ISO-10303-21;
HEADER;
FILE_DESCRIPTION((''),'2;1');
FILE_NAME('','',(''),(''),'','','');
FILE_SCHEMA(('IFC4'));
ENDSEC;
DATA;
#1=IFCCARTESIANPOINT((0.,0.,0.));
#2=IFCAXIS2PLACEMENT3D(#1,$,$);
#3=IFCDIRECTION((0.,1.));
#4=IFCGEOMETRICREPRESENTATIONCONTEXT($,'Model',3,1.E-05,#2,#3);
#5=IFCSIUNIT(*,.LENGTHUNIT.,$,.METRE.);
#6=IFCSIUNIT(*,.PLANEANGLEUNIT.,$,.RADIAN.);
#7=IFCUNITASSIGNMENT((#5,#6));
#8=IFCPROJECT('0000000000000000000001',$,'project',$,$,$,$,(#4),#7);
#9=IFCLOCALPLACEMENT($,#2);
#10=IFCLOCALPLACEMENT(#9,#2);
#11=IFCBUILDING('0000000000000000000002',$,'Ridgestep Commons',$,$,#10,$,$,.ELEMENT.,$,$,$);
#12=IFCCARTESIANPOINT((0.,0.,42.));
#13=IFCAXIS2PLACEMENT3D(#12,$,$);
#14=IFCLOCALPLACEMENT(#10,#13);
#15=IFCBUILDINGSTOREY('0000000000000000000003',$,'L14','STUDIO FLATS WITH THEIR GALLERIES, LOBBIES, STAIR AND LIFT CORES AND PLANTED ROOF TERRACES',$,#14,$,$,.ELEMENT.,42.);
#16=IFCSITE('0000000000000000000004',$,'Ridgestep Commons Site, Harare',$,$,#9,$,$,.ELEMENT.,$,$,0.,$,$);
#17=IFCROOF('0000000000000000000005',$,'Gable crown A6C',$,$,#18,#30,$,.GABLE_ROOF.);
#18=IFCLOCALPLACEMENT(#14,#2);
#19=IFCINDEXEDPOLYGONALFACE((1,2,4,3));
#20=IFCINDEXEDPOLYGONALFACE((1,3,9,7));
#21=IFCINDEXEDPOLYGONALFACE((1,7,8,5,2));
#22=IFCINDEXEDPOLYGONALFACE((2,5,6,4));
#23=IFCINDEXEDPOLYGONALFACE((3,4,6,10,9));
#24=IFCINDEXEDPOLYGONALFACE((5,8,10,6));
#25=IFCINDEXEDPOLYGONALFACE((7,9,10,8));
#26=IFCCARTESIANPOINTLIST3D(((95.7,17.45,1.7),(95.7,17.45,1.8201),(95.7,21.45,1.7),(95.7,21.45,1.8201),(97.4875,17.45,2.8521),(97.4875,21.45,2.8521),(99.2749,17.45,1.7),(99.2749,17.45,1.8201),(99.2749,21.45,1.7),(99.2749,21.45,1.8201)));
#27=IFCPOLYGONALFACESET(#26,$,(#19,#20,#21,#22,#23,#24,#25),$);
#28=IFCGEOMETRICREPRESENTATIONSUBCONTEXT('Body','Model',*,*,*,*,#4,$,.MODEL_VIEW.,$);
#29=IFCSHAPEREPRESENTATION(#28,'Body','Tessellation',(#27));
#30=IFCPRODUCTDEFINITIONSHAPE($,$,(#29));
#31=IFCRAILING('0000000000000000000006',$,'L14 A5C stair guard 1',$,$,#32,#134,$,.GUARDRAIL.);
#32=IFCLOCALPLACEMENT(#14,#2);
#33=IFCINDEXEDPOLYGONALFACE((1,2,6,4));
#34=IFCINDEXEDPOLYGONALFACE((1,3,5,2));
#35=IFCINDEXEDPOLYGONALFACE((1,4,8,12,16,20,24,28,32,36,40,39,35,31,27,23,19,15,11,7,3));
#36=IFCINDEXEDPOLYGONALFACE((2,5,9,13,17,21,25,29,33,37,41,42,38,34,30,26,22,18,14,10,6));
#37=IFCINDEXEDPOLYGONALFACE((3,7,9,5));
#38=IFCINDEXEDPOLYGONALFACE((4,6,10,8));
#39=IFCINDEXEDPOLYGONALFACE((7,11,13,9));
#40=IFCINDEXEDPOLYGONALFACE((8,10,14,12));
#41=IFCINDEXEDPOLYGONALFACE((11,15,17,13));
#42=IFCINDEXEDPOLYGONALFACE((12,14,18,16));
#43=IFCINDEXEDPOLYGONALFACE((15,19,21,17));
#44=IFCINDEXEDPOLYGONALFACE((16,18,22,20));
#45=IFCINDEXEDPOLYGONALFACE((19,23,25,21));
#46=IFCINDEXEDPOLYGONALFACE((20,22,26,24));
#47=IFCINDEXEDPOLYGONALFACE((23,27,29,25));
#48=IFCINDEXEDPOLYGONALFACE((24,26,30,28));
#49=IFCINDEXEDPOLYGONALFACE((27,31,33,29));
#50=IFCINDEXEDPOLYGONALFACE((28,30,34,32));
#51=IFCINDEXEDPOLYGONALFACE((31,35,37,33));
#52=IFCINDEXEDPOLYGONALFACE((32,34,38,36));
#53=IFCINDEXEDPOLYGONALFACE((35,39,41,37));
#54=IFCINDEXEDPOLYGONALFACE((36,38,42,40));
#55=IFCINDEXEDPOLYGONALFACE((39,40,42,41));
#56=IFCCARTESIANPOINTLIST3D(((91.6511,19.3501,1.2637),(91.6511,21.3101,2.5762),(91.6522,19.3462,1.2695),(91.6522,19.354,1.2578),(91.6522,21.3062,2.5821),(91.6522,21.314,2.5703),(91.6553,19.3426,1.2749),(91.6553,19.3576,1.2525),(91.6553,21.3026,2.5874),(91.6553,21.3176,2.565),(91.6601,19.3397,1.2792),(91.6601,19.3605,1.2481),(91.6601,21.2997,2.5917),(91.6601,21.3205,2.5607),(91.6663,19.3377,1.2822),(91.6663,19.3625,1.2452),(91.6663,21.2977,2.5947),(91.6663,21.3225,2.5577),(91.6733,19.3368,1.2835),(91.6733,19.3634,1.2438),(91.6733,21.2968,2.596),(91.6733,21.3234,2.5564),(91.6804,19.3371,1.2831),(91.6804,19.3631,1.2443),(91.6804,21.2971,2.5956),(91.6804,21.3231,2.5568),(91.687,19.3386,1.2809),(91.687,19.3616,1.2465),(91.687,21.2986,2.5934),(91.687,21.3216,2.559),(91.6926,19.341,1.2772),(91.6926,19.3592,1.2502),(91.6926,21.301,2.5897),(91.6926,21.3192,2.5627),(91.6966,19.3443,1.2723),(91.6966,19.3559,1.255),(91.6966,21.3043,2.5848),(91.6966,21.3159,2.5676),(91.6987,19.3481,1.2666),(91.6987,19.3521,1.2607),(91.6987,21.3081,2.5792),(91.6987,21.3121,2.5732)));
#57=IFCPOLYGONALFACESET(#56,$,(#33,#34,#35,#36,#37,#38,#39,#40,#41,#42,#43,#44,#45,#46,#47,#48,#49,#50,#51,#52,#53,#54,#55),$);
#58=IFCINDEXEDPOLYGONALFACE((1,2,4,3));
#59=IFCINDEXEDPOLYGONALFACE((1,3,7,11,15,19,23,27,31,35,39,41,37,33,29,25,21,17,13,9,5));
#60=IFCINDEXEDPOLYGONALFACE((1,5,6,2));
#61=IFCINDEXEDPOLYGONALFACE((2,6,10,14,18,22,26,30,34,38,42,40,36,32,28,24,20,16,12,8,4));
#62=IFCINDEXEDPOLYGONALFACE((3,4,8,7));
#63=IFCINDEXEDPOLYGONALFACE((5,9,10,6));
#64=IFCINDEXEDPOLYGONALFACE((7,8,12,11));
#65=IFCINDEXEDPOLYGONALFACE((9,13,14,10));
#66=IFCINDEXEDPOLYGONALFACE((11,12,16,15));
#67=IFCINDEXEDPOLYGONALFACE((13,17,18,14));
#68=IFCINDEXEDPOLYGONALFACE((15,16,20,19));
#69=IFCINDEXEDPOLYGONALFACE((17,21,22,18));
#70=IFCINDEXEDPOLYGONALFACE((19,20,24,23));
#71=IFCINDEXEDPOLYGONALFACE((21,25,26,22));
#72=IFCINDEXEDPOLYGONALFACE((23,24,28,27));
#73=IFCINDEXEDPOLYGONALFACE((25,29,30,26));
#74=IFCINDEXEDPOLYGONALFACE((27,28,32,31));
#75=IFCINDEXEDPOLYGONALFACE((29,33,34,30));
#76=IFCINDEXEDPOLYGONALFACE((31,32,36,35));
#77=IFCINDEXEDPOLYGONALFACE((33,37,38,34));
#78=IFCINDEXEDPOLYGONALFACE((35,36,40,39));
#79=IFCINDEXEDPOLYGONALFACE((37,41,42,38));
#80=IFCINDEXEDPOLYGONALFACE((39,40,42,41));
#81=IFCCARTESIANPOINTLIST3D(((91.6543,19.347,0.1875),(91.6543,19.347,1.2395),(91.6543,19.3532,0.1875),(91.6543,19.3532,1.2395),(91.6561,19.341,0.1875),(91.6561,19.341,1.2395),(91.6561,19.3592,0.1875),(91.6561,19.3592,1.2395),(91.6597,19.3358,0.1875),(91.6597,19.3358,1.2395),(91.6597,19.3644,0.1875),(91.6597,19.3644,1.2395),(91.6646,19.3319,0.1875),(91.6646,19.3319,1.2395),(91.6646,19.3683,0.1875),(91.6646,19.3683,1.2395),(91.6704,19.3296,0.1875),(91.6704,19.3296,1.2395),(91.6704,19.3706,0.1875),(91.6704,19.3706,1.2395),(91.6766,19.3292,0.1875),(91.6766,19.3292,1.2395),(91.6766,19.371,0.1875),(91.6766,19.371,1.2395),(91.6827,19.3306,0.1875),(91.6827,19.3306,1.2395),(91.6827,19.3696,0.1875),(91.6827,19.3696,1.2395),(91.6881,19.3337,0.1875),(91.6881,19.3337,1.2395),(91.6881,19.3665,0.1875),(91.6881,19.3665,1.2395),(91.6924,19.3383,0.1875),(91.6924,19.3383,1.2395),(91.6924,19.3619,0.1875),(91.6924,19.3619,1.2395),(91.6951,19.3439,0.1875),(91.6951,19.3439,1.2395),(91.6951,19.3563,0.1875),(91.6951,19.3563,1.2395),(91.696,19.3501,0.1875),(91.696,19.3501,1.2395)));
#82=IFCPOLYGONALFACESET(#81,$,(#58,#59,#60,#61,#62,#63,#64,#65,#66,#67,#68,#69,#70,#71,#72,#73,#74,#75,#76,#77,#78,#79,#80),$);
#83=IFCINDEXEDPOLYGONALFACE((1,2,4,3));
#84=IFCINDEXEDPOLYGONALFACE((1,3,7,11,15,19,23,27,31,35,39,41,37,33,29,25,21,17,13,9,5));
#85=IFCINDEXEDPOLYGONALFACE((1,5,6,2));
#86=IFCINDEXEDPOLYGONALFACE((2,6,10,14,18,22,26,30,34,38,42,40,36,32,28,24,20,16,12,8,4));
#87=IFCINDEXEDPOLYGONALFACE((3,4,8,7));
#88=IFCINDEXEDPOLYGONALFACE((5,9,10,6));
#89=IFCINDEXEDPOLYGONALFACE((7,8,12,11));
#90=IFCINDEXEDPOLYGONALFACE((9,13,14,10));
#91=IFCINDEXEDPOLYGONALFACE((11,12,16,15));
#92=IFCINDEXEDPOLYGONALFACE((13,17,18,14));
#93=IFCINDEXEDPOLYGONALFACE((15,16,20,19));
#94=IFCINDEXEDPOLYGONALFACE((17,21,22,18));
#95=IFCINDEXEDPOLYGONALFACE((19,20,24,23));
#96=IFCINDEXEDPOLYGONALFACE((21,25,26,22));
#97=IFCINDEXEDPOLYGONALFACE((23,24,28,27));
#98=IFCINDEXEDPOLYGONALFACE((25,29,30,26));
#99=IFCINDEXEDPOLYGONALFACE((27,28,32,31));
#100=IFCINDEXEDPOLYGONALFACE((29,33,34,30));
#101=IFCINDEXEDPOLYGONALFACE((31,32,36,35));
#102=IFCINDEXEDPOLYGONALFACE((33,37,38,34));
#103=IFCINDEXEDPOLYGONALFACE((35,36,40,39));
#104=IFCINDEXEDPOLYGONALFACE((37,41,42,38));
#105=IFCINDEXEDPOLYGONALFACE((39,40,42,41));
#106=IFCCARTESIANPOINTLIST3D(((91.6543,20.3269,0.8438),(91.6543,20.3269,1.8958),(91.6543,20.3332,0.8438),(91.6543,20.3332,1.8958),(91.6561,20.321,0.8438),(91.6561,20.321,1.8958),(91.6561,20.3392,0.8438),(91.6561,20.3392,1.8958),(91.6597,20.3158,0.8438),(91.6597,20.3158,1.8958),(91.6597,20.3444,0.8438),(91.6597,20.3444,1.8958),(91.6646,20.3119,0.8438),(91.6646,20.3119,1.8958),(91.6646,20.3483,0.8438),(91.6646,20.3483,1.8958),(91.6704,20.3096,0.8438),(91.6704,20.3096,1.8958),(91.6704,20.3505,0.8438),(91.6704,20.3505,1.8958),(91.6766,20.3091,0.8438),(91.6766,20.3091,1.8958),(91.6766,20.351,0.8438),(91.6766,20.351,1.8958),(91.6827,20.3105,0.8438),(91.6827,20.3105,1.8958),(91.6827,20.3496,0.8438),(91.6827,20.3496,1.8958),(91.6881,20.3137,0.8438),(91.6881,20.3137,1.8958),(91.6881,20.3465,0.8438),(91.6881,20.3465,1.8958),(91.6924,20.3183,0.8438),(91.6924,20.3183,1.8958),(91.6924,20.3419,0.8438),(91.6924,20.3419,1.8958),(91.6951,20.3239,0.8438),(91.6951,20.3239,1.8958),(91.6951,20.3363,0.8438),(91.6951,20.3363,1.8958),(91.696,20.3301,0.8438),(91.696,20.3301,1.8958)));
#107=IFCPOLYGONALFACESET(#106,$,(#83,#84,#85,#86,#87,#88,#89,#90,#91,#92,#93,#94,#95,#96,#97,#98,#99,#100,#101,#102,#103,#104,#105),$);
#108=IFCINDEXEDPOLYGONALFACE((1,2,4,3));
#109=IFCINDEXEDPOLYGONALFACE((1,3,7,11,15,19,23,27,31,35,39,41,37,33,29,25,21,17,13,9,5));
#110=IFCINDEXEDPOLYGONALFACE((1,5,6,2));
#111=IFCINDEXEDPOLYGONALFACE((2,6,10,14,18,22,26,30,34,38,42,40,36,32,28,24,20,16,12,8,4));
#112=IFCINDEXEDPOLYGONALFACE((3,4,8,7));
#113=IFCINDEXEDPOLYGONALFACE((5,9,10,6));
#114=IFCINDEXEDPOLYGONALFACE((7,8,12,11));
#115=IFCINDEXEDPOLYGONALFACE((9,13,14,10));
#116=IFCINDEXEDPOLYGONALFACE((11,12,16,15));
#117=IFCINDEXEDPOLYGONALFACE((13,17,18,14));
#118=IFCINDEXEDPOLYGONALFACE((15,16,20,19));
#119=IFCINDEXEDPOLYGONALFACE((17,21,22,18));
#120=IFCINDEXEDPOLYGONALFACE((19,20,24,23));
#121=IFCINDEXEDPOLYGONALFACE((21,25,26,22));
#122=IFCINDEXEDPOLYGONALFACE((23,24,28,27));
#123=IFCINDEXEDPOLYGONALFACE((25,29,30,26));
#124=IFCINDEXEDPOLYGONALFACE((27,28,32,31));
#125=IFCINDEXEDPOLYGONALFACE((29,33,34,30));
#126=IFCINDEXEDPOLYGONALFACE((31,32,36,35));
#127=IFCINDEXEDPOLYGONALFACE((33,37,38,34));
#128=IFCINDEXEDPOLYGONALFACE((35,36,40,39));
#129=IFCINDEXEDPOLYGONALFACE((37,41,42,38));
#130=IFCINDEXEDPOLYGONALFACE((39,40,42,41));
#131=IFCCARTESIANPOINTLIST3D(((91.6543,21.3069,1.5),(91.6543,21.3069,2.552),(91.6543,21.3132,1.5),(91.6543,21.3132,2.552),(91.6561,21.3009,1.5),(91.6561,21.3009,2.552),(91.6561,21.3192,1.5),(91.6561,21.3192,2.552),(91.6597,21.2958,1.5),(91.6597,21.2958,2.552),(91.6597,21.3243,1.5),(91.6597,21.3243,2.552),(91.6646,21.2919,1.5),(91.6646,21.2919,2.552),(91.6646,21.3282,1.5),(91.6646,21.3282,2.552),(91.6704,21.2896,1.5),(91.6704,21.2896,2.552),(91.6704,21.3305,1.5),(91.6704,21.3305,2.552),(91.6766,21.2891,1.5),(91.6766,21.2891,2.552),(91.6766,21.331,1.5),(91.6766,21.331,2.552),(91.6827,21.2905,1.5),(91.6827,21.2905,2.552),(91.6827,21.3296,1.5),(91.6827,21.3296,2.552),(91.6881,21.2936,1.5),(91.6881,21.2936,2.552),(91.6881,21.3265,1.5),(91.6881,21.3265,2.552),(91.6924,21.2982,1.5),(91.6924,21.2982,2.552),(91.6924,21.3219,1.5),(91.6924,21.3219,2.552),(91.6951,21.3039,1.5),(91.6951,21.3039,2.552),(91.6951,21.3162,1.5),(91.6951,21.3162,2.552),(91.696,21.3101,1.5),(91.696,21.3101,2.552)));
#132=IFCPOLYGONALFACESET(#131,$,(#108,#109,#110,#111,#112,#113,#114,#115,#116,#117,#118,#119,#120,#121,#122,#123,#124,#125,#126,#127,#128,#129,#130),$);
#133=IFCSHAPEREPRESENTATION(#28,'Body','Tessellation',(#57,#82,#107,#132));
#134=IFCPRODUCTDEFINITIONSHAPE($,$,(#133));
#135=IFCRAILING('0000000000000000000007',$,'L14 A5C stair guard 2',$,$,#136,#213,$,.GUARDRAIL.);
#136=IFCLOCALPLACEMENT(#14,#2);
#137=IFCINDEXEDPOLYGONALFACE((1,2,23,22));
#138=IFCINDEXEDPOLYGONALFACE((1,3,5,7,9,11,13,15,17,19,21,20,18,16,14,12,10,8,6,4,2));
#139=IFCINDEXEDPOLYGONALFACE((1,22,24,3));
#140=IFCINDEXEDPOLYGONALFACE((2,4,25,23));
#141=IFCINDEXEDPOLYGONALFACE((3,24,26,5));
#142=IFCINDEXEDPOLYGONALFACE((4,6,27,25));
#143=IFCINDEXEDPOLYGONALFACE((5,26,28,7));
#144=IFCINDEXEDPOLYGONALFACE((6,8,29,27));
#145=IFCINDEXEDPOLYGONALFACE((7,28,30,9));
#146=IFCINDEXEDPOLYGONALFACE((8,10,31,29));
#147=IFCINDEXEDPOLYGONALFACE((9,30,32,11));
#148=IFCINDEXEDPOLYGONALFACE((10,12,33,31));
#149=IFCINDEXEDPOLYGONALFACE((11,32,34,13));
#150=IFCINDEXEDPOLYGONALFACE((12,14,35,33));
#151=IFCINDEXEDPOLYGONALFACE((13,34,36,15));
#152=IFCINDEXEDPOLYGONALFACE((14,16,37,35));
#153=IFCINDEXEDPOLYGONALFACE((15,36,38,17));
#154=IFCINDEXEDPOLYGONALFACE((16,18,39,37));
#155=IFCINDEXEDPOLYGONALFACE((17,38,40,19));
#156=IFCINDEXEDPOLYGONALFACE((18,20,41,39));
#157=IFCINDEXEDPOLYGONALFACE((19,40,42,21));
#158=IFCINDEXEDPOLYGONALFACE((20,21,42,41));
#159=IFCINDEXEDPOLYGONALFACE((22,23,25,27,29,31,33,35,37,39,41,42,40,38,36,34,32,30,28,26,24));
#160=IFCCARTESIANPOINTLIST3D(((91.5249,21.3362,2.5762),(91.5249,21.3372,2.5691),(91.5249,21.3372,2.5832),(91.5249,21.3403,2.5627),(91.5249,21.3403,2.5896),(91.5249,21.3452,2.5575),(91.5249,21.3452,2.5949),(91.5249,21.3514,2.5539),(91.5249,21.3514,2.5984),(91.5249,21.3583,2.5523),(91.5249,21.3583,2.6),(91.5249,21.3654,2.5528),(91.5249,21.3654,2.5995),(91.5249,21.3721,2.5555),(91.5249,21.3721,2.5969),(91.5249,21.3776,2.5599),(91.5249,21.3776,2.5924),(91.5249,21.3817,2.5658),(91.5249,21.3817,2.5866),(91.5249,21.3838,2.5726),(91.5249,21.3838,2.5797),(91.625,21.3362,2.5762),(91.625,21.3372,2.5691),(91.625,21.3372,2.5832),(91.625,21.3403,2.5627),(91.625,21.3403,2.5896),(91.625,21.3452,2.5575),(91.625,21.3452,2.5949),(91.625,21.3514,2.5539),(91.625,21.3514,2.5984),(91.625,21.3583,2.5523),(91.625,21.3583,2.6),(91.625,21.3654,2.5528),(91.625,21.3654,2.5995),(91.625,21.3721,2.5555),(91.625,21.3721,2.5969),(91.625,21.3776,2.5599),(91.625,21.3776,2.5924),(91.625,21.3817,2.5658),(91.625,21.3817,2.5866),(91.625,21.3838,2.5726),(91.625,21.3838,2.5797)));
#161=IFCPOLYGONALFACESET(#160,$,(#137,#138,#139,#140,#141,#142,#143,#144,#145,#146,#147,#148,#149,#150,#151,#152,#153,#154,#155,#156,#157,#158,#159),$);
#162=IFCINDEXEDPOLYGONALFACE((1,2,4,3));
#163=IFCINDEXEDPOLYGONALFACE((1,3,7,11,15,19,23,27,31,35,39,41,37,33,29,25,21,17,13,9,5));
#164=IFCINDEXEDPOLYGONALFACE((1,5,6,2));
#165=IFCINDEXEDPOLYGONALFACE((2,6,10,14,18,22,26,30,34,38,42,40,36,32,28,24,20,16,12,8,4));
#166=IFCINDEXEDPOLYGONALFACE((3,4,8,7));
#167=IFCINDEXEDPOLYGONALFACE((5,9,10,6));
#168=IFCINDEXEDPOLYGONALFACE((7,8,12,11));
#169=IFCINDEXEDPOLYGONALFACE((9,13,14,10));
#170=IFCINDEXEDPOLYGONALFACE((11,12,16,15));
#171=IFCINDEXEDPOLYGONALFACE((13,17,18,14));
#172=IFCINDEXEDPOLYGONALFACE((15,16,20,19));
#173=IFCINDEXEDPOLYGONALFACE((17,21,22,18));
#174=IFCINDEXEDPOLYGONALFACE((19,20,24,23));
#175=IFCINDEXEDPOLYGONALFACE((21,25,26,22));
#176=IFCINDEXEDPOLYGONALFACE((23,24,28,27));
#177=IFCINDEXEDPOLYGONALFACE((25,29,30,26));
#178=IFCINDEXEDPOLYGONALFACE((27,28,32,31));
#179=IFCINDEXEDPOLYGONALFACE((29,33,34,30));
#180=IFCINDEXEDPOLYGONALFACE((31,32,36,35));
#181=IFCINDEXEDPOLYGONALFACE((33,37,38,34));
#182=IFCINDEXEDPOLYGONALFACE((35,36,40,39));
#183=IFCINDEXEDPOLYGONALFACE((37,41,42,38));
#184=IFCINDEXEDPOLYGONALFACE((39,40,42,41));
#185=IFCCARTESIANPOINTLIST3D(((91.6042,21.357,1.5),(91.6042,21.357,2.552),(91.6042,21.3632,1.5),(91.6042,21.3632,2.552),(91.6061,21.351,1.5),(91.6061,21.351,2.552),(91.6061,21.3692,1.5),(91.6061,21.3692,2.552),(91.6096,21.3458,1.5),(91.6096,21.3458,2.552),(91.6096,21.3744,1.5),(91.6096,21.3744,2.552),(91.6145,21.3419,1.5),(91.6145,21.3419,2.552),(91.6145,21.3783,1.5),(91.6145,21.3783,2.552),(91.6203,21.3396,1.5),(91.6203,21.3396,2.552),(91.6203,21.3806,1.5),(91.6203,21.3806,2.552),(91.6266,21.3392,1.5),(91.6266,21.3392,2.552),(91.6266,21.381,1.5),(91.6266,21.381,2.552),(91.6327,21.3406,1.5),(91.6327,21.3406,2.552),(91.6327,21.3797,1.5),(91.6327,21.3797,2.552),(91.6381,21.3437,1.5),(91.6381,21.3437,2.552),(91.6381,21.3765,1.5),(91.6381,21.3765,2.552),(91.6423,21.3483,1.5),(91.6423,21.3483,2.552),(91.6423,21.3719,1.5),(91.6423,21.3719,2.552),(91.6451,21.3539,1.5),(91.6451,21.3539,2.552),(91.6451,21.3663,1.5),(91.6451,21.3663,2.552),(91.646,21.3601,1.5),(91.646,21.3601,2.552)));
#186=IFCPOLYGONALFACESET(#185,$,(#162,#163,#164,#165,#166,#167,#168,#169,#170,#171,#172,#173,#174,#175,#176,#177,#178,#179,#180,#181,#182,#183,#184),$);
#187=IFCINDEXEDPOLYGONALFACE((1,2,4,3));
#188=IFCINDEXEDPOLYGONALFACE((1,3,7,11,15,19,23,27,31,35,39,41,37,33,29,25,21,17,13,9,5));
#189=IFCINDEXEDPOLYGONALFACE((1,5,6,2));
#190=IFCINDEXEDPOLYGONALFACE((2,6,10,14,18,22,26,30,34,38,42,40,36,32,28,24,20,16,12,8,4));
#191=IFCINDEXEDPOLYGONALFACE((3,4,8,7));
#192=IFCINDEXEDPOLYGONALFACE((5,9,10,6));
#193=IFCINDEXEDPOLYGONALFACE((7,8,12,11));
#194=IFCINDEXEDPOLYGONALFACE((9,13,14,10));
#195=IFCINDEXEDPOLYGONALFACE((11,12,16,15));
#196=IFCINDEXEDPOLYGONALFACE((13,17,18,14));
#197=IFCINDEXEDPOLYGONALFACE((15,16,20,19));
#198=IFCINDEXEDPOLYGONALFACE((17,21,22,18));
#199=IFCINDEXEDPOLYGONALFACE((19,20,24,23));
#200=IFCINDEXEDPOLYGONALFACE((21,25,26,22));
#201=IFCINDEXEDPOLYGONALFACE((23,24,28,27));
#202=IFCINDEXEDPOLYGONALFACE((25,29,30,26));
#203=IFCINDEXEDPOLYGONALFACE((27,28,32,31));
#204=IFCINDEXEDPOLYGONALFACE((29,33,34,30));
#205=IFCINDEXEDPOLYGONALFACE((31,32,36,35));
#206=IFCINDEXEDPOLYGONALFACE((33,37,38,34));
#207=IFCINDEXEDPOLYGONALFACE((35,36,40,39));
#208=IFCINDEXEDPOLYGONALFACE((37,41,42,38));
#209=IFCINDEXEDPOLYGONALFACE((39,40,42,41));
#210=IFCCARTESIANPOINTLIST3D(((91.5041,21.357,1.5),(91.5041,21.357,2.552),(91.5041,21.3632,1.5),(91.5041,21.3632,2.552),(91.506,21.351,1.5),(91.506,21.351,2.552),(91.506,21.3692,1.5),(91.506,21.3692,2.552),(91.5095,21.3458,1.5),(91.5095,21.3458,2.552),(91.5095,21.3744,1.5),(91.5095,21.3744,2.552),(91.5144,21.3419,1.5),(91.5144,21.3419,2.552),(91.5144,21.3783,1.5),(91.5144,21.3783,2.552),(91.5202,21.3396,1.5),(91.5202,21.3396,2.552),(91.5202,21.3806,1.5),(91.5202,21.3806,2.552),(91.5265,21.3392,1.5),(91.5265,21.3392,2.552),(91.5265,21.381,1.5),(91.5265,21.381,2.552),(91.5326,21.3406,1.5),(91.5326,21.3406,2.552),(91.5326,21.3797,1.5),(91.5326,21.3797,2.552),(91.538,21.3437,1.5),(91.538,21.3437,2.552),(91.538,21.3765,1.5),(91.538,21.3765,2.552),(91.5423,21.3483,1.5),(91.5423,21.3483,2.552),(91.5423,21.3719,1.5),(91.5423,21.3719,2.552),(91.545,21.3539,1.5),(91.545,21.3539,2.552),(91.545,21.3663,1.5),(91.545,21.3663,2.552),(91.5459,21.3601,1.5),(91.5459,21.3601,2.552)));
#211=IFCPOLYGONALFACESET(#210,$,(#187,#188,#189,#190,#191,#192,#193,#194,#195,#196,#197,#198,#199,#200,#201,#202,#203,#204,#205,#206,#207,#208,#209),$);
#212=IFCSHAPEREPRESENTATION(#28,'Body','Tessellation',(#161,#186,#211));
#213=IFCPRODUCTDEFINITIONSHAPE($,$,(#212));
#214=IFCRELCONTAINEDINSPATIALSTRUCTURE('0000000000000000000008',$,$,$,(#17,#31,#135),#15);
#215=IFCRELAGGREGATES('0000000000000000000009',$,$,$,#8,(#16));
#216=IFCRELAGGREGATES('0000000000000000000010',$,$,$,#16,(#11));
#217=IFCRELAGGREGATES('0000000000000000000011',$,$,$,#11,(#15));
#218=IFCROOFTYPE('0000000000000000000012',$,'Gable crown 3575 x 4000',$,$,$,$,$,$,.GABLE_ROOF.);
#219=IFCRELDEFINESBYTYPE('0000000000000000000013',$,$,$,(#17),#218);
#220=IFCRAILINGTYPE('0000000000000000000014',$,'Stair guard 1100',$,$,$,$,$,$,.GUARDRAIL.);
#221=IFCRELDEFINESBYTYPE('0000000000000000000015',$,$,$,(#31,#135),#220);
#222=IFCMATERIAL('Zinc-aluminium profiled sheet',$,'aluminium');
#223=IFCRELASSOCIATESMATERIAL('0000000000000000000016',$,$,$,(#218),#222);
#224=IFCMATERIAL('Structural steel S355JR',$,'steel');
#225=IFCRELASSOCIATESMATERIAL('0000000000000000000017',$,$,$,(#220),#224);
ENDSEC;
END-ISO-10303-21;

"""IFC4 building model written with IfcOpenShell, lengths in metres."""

from ifc_helpers import new_model, si_unit, direction, frame, origin, origin_2d, place, context, subcontext, project, spatial, polyline, circle, outline, extrude, material, type_object, element, save


model = new_model("IFC4")

# Units and contexts
model_context = context("Model", 3, precision=1e-05, world=origin(), true_north=direction((0.0, 1.0)))
body_context = subcontext(model_context, "Body", "Model", "MODEL_VIEW")
ifc_project = project(units=[si_unit("LENGTHUNIT", "METRE"), si_unit("PLANEANGLEUNIT", "RADIAN")], contexts=[model_context])

# Site, building, storey
site_placement = place(None, origin())
site = spatial("IfcSite", under=ifc_project, at=site_placement, Name="Ridgestep Commons Site, Harare", CompositionType="ELEMENT", RefElevation=0.0)
building_placement = place(site_placement, origin())
building = spatial("IfcBuilding", under=site, at=building_placement, Name="Ridgestep Commons", CompositionType="ELEMENT")
storey_placement = place(building_placement, frame((0.0, 0.0, 42.0)))
storey = spatial("IfcBuildingStorey", under=building, at=storey_placement, Name="L14", Description="STUDIO FLATS WITH THEIR GALLERIES, LOBBIES, STAIR AND LIFT CORES AND PLANTED ROOF TERRACES", CompositionType="ELEMENT", Elevation=42.0)

# Roof
ifc_material_1 = material(Name="Zinc-aluminium profiled sheet", Category="aluminium")
roof_type = type_object("IfcRoofType", Name="Gable crown 3575 x 4000", PredefinedType="GABLE_ROOF", material=ifc_material_1)
roof_placement = place(storey_placement, frame((95.7, 19.45, 1.7), z_axis=(0.0, 0.0, 1.0), x_axis=(1.0, 0.0, 0.0)))
element("IfcRoof", 1, at=roof_placement, inside=storey, type_object=roof_type, Name="Gable crown A6C", PredefinedType="GABLE_ROOF", context=body_context, shape_type="SweptSolid", body=[
    extrude(outline(polyline([(0.0, 0.0), (3.575, 0.0), (3.575, 0.1201), (1.7876, 1.1521), (0.0, 0.1201), (0.0, 0.0)])), frame((0.0, 2.0, 0.0), z_axis=(0.0, -1.0, 0.0), x_axis=(1.0, 0.0, 0.0)), (0.0, 0.0, 1.0), 4.0),
])

# Railings
ifc_material_2 = material(Name="Structural steel S355JR", Category="steel")
railing_type_1 = type_object("IfcRailingType", Name="Stair guard 1100", PredefinedType="GUARDRAIL", material=ifc_material_2)
railing_1_placement = place(storey_placement, frame((91.675, 19.3501, 0.1875)))
element("IfcRailing", 2, at=railing_1_placement, inside=storey, type_object=railing_type_1, Name="L14 A5C stair guard 1", PredefinedType="GUARDRAIL", context=body_context, shape_type="SweptSolid", body=[
    extrude(circle(Radius=0.0239, at=origin_2d()), frame((0.0, 0.0, 1.0762), z_axis=(0.0, 0.830902, 0.556419), x_axis=(-1.0, 0.0, 0.0)), (0.0, 0.0, 1.0), 2.3589),
    extrude(circle(Radius=0.021, at=origin_2d()), origin(), (0.0, 0.0, 1.0), 1.052),
    extrude(circle(Radius=0.021, at=origin_2d()), frame((0.0, 0.98, 0.6562)), (0.0, 0.0, 1.0), 1.052),
    extrude(circle(Radius=0.021, at=origin_2d()), frame((0.0, 1.96, 1.3125)), (0.0, 0.0, 1.0), 1.052),
])
for number, where, name in (
    (3, (91.625, 21.3601, 1.5), "L14 A5C stair guard 2"),
):
    element("IfcRailing", number, at=place(storey_placement, frame(where)), inside=storey, type_object=railing_type_1, Name=name, PredefinedType="GUARDRAIL", context=body_context, shape_type="SweptSolid", body=[
        extrude(circle(Radius=0.0239, at=origin_2d()), frame((0.0, 0.0, 1.0762), z_axis=(-1.0, 0.0, 0.0), x_axis=(0.0, -1.0, 0.0)), (0.0, 0.0, 1.0), 0.1001),
        extrude(circle(Radius=0.021, at=origin_2d()), origin(), (0.0, 0.0, 1.0), 1.052),
        extrude(circle(Radius=0.021, at=origin_2d()), frame((-0.1001, 0.0, 0.0)), (0.0, 0.0, 1.0), 1.052),
    ])

save(model, "model.ifc")
